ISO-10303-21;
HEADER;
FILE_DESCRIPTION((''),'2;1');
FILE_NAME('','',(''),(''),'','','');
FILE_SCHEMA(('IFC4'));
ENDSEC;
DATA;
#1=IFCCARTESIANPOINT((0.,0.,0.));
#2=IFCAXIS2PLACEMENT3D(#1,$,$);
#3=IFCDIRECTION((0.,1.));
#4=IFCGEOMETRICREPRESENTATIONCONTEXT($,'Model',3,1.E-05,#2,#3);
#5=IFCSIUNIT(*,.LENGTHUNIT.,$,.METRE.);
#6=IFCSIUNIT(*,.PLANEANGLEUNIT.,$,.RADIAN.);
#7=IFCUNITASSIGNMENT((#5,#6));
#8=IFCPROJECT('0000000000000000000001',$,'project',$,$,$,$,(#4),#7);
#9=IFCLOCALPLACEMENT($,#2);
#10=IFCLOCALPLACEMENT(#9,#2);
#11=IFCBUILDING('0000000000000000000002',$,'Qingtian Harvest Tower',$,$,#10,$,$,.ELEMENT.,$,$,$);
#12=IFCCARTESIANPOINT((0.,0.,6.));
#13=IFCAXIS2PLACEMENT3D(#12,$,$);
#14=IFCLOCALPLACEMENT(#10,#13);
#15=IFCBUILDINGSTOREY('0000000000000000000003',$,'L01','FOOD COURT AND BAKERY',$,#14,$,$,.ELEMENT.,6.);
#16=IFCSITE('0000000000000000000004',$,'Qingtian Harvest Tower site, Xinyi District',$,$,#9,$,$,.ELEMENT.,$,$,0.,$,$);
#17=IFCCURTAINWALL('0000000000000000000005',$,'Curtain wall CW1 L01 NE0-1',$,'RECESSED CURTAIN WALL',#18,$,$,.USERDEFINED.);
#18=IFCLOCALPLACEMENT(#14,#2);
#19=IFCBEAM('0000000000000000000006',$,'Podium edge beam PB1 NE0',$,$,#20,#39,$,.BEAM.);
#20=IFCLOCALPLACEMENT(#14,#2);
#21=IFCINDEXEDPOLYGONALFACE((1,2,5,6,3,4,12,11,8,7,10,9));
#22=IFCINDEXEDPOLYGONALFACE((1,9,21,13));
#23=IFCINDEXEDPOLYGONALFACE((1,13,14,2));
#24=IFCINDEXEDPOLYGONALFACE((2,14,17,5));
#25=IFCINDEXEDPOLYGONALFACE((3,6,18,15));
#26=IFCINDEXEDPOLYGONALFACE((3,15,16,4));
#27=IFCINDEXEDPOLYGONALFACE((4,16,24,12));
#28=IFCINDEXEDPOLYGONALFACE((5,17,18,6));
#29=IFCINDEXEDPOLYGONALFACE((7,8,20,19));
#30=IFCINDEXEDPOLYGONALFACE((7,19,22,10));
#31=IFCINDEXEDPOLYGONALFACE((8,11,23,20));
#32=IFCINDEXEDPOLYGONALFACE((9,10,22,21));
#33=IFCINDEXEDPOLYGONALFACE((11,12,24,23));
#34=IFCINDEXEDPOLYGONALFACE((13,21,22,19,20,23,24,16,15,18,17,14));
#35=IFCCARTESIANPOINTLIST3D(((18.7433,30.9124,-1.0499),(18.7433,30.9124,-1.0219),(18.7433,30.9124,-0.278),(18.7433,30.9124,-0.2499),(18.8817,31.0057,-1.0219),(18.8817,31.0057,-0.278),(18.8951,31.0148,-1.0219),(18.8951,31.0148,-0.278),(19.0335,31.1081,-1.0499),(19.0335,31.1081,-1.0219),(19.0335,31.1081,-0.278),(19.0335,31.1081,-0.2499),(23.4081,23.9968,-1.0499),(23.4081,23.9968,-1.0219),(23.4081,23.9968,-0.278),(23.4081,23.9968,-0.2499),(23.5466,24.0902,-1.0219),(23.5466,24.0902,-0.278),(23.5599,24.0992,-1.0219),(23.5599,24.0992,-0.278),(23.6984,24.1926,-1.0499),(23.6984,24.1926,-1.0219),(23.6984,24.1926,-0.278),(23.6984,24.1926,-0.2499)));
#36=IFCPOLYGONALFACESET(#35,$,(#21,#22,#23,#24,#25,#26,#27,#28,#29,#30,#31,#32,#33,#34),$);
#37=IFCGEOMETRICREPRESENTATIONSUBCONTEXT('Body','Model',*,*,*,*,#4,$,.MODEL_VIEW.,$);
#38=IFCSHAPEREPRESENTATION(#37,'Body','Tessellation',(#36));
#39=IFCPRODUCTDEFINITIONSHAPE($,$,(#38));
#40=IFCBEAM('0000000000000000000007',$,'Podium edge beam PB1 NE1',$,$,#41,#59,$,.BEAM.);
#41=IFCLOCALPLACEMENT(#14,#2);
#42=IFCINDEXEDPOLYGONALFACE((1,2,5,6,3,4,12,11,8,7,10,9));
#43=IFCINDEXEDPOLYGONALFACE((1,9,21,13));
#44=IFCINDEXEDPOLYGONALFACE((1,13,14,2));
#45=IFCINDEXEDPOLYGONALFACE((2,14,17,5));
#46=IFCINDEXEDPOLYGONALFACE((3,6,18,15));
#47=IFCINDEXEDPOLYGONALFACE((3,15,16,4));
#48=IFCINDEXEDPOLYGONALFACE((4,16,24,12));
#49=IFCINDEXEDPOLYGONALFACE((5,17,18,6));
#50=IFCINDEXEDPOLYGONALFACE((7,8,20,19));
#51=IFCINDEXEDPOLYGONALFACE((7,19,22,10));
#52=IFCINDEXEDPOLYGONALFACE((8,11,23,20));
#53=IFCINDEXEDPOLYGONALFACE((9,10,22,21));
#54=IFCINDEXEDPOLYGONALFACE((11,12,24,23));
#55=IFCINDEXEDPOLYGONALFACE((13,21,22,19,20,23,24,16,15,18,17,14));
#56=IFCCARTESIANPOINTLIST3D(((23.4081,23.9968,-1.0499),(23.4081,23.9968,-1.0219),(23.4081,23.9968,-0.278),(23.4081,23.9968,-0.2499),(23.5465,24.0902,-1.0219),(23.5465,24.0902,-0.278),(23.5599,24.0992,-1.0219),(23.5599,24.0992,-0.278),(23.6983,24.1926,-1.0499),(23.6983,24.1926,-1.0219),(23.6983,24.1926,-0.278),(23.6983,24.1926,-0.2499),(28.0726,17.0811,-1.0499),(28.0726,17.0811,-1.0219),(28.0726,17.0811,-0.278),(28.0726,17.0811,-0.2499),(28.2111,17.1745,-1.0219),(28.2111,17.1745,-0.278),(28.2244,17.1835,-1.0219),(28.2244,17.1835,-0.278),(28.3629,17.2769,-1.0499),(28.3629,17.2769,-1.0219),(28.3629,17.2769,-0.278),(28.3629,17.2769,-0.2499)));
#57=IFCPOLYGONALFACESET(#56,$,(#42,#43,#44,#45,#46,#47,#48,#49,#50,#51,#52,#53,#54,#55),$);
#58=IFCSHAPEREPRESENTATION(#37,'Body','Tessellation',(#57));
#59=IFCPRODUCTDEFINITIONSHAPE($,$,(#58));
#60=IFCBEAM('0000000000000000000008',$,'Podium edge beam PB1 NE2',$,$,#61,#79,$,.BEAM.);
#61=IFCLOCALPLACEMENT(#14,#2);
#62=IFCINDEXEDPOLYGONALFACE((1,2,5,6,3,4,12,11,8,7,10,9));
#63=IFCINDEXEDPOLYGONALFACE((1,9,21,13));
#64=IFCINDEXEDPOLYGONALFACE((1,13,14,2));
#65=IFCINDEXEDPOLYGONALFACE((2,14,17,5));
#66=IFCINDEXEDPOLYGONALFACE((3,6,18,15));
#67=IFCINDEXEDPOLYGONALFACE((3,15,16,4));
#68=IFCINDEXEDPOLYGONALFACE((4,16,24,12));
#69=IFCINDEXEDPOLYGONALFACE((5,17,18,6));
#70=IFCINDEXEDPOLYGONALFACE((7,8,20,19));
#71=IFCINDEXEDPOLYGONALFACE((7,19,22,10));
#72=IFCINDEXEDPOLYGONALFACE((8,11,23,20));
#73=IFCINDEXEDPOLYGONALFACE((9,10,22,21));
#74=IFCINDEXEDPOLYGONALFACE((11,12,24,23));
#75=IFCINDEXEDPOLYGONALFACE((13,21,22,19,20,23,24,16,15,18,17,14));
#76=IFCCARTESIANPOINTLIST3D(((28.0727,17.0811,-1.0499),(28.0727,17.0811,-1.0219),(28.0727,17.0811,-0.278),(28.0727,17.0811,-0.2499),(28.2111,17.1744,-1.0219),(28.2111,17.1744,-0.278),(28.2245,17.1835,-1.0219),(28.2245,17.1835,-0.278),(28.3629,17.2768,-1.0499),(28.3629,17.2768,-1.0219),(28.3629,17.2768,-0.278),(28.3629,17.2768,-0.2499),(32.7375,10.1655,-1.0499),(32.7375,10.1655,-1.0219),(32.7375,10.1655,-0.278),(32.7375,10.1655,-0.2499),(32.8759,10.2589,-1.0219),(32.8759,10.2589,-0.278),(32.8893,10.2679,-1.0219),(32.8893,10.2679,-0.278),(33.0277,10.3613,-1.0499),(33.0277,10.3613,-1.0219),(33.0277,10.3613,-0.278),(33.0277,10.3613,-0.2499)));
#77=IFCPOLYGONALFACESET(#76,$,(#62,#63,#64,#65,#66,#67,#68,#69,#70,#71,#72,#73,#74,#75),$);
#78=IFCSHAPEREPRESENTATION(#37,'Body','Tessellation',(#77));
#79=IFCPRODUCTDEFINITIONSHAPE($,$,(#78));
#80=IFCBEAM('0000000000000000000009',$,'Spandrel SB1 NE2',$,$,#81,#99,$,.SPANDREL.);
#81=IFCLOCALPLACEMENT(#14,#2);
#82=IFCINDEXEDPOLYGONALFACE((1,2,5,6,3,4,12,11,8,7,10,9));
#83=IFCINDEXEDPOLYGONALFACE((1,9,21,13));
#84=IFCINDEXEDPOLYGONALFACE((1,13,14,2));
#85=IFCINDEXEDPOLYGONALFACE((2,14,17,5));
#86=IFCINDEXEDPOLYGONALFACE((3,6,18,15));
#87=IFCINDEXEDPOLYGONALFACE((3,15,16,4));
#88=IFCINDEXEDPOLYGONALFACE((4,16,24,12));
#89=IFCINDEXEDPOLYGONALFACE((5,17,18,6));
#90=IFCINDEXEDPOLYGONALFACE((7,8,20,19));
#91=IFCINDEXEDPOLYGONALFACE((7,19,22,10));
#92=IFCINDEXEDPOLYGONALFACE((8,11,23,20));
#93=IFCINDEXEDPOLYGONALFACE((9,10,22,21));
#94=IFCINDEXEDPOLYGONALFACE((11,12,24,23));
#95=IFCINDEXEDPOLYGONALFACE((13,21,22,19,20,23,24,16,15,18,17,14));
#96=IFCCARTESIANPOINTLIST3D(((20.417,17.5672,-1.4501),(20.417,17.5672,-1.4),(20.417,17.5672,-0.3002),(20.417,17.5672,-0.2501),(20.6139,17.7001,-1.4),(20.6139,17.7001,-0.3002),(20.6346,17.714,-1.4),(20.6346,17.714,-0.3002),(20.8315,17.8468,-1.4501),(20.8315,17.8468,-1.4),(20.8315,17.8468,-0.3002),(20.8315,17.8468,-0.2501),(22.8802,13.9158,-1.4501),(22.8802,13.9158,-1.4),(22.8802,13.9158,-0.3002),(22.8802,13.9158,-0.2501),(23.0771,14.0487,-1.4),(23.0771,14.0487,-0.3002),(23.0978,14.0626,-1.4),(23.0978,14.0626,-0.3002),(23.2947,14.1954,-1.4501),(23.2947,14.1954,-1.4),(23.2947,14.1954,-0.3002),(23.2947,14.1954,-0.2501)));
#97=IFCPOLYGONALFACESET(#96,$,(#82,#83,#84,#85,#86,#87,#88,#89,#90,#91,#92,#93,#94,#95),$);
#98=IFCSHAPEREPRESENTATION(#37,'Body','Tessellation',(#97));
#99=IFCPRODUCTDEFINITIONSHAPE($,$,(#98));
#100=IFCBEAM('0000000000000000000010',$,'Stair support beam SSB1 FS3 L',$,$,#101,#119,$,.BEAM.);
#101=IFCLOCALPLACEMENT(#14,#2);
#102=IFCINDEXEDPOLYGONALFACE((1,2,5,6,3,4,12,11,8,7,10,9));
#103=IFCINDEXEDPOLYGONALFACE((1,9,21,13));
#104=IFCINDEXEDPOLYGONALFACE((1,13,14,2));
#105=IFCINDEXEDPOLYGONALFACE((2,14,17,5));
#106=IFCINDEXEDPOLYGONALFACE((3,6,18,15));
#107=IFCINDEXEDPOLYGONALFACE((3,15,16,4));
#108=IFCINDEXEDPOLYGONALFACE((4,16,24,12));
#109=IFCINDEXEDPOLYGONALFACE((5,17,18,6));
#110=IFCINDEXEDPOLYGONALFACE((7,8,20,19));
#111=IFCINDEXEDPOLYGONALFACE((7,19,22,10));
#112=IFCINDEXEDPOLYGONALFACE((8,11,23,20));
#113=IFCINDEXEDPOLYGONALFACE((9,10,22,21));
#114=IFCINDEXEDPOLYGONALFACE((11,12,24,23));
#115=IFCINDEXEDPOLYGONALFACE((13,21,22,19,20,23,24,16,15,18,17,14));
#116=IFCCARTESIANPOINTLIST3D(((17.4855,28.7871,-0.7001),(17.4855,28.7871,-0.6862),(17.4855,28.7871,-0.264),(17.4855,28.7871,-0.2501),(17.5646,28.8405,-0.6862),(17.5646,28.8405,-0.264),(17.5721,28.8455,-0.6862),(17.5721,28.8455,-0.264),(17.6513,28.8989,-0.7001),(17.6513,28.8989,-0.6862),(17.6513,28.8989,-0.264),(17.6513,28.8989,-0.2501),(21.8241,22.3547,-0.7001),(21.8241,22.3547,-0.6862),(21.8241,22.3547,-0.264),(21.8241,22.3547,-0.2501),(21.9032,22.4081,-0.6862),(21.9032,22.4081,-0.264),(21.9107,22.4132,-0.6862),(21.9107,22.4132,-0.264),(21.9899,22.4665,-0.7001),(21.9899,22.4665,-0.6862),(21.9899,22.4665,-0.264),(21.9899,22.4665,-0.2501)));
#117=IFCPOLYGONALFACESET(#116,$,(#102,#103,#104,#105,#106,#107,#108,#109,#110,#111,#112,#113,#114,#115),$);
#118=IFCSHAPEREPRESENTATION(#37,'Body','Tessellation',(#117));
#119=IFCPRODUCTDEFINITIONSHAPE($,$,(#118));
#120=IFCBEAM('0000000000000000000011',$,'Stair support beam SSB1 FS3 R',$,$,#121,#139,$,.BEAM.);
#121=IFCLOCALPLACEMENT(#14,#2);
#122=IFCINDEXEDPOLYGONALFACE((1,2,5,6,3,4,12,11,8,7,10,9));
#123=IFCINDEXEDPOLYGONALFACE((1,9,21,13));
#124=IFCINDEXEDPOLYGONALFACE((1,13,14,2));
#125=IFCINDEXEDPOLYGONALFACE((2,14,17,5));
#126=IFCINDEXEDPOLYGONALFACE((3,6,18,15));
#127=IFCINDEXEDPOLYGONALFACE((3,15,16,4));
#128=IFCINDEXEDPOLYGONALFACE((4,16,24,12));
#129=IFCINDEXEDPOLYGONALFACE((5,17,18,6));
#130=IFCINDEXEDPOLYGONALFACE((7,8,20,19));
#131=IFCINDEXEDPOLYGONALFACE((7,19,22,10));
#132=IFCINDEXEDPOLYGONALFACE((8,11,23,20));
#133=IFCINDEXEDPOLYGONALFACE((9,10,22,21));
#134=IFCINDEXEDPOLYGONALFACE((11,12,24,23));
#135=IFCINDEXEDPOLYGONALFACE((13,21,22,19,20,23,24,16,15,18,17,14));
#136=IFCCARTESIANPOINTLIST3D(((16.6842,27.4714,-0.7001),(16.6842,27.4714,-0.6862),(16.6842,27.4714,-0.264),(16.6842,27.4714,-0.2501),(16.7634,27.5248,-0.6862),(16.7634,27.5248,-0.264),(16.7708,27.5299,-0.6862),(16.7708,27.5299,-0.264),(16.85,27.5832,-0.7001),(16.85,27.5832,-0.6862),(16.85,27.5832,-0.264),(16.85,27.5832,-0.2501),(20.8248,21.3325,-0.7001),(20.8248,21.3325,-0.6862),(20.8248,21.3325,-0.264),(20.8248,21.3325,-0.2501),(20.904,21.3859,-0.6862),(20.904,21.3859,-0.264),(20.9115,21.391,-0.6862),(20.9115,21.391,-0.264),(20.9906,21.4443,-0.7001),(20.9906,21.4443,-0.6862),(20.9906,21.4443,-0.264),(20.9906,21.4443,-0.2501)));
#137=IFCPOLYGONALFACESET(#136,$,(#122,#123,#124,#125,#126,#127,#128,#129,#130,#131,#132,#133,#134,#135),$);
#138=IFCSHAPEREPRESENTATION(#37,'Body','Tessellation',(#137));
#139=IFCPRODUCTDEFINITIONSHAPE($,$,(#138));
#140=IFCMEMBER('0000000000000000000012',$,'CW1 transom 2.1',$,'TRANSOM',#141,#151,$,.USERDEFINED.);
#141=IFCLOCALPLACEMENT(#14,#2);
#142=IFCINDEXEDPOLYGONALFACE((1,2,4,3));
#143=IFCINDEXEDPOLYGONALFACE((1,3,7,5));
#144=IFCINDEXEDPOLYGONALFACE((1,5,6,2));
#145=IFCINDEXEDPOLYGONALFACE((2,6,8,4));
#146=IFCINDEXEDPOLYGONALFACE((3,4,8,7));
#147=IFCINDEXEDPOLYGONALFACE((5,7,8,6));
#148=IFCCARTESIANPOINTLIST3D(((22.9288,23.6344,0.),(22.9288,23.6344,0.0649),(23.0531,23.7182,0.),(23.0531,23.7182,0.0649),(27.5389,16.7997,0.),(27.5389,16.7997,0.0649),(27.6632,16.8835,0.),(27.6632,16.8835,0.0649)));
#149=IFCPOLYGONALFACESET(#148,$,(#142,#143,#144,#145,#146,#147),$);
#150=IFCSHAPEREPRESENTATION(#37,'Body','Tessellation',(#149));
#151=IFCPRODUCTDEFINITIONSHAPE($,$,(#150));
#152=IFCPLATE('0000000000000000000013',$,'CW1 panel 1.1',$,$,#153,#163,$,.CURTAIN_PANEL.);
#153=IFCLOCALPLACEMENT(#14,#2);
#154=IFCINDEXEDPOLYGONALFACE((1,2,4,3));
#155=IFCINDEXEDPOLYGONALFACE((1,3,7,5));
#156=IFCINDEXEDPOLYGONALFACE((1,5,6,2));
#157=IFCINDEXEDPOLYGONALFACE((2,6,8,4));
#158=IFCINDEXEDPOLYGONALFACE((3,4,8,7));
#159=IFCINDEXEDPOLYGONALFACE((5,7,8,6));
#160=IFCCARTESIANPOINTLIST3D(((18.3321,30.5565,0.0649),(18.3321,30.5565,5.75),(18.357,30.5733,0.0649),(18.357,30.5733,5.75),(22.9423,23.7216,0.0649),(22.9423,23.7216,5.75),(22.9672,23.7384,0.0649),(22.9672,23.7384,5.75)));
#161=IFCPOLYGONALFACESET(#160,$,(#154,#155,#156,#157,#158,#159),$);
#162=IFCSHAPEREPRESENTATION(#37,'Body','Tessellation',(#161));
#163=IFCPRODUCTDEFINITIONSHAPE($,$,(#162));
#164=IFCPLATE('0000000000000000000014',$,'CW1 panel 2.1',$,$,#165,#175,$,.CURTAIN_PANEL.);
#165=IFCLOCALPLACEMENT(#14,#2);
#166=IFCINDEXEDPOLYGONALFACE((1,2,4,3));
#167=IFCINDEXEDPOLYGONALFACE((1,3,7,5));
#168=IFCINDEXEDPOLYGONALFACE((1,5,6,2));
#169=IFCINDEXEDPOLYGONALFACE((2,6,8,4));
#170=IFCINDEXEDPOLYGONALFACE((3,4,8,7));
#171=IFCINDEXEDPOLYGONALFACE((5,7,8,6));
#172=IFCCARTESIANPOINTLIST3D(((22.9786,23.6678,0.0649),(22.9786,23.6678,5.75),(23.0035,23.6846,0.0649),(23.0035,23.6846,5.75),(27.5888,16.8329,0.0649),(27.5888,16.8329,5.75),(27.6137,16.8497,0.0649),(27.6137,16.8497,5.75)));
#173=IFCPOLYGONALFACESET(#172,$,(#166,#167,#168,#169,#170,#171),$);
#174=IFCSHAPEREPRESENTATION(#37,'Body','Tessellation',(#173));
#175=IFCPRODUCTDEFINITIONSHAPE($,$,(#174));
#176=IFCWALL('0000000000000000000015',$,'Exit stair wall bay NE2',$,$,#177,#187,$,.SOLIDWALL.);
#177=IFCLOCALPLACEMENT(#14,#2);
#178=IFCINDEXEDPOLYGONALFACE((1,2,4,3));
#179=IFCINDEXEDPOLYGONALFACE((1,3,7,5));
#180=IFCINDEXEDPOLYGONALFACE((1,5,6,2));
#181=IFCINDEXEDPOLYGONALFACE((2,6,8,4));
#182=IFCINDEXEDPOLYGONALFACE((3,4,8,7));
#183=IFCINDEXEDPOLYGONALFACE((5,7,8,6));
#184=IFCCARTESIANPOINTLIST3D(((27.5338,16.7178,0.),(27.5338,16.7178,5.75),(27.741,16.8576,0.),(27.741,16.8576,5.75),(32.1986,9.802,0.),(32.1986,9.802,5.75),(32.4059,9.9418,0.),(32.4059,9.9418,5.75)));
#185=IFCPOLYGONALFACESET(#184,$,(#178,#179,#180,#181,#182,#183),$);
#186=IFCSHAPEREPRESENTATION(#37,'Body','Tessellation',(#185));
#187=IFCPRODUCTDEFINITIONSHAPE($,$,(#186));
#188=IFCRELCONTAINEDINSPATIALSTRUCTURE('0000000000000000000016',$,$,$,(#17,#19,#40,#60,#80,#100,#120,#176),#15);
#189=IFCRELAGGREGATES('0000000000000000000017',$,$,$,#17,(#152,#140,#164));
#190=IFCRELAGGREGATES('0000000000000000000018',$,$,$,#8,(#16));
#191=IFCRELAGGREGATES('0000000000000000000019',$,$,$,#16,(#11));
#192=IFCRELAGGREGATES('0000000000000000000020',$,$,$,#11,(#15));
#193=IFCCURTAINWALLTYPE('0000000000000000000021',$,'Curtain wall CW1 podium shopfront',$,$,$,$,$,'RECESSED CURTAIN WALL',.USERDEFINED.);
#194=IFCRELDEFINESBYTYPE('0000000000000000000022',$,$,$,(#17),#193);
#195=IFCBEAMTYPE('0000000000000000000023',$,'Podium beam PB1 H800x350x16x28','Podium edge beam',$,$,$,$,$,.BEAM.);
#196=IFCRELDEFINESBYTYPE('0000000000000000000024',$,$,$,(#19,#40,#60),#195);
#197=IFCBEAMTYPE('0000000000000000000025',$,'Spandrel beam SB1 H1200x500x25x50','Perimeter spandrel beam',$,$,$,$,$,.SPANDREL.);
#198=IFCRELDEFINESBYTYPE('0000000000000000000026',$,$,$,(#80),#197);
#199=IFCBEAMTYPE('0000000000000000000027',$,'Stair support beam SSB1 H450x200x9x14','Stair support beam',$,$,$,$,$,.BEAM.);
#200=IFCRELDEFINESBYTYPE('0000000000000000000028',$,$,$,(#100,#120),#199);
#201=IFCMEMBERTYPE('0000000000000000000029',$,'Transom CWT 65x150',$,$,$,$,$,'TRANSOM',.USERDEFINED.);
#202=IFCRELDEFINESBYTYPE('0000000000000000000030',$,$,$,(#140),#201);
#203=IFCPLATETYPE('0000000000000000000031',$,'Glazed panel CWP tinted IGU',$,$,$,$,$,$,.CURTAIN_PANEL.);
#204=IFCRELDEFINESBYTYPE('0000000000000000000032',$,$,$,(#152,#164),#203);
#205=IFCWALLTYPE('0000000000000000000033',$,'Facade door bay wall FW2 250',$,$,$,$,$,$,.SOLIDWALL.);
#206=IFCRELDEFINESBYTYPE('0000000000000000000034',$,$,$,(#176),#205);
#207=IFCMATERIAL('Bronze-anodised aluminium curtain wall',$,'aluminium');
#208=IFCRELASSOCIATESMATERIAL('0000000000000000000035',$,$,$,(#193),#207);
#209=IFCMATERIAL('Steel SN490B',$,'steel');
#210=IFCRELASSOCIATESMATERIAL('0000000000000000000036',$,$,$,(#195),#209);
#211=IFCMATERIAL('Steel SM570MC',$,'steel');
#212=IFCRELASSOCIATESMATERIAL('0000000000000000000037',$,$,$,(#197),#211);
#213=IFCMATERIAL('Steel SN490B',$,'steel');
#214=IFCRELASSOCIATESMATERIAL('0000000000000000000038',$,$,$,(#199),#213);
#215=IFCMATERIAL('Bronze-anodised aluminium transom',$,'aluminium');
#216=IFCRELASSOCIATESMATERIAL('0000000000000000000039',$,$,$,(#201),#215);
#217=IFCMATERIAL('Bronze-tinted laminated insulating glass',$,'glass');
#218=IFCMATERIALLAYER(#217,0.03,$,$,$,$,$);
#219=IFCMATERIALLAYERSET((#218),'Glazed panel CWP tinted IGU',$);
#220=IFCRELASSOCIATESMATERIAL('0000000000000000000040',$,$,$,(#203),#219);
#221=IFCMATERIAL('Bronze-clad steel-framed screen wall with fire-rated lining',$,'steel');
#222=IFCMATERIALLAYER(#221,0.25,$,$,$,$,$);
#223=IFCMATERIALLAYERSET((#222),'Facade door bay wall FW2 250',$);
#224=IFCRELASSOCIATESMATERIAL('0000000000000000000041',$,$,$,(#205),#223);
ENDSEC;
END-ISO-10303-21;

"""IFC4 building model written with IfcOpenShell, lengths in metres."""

from ifc_helpers import new_model, si_unit, direction, frame, frame_2d, origin, origin_2d, place, context, subcontext, project, spatial, rectangle, i_section, extrude, material, layer, layer_set, material_profile, profile_set, type_object, element, aggregate, save


model = new_model("IFC4")

# Units and contexts
model_context = context("Model", 3, precision=1e-05, world=origin(), true_north=direction((0.0, 1.0)))
body_context = subcontext(model_context, "Body", "Model", "MODEL_VIEW")
ifc_project = project(units=[si_unit("LENGTHUNIT", "METRE"), si_unit("PLANEANGLEUNIT", "RADIAN")], contexts=[model_context])

# Site, building, storey
site_placement = place(None, origin())
site = spatial("IfcSite", under=ifc_project, at=site_placement, Name="Qingtian Harvest Tower site, Xinyi District", CompositionType="ELEMENT", RefElevation=0.0)
building_placement = place(site_placement, origin())
building = spatial("IfcBuilding", under=site, at=building_placement, Name="Qingtian Harvest Tower", CompositionType="ELEMENT")
storey_placement = place(building_placement, frame((0.0, 0.0, 6.0)))
storey = spatial("IfcBuildingStorey", under=building, at=storey_placement, Name="L01", Description="FOOD COURT AND BAKERY", CompositionType="ELEMENT", Elevation=6.0)

# Curtain wall
ifc_material_1 = material(Name="Bronze-anodised aluminium curtain wall", Category="aluminium")
curtain_wall_type = type_object("IfcCurtainWallType", Name="Curtain wall CW1 podium shopfront", ElementType="RECESSED CURTAIN WALL", PredefinedType="USERDEFINED", material=ifc_material_1)
curtain_wall_placement = place(storey_placement, origin())
curtain_wall = element("IfcCurtainWall", 1, at=curtain_wall_placement, inside=storey, type_object=curtain_wall_type, Name="Curtain wall CW1 L01 NE0-1", ObjectType="RECESSED CURTAIN WALL", PredefinedType="USERDEFINED")

# Beams
ifc_material_2 = material(Name="Steel SN490B", Category="steel")
ifc_material_profile_1 = material_profile(ifc_material_2, i_section(OverallWidth=0.3501, OverallDepth=0.8, WebThickness=0.0161, FlangeThickness=0.0281, at=origin_2d()), Name="H800x350x16x28")
ifc_profile_set_1 = profile_set([ifc_material_profile_1], Name="Steel SN490B")
beam_type_1 = type_object("IfcBeamType", Name="Podium beam PB1 H800x350x16x28", Description="Podium edge beam", PredefinedType="BEAM", material=ifc_profile_set_1)
for number, where, z_axis, x_axis, name in (
    (2, (18.8884, 31.0103, -0.6499), (0.55921, -0.829026, 0.0), (0.829026, 0.55921, 0.0), "Podium edge beam PB1 NE0"),
    (3, (23.5532, 24.0947, -0.6499), (0.559177, -0.829048, 0.0), (0.829048, 0.559177, 0.0), "Podium edge beam PB1 NE1"),
    (4, (28.2178, 17.179, -0.6499), (0.55921, -0.829026, 0.0), (0.829026, 0.55921, 0.0), "Podium edge beam PB1 NE2"),
):
    element("IfcBeam", number, at=place(storey_placement, frame(where, z_axis=z_axis, x_axis=x_axis)), inside=storey, type_object=beam_type_1, Name=name, PredefinedType="BEAM", context=body_context, shape_type="SweptSolid", body=[
        extrude(i_section(OverallWidth=0.3501, OverallDepth=0.8, WebThickness=0.0161, FlangeThickness=0.0281, at=origin_2d()), origin(), (0.0, 0.0, 1.0), 8.3418),
    ])
ifc_material_3 = material(Name="Steel SM570MC", Category="steel")
ifc_material_profile_2 = material_profile(ifc_material_3, i_section(OverallWidth=0.5, OverallDepth=1.2, WebThickness=0.0249, FlangeThickness=0.05, at=origin_2d()), Name="H1200x500x25x50")
ifc_profile_set_2 = profile_set([ifc_material_profile_2], Name="Steel SM570MC")
beam_type_2 = type_object("IfcBeamType", Name="Spandrel beam SB1 H1200x500x25x50", Description="Perimeter spandrel beam", PredefinedType="SPANDREL", material=ifc_profile_set_2)
beam_1_placement = place(storey_placement, frame((20.6243, 17.707, -0.8501), z_axis=(0.559233, -0.829011, 0.0), x_axis=(0.829011, 0.559233, 0.0)))
element("IfcBeam", 5, at=beam_1_placement, inside=storey, type_object=beam_type_2, Name="Spandrel SB1 NE2", PredefinedType="SPANDREL", context=body_context, shape_type="SweptSolid", body=[
    extrude(i_section(OverallWidth=0.5, OverallDepth=1.2, WebThickness=0.0249, FlangeThickness=0.05, at=origin_2d()), origin(), (0.0, 0.0, 1.0), 4.4045),
])
ifc_material_4 = material(Name="Steel SN490B", Category="steel")
ifc_material_profile_3 = material_profile(ifc_material_4, i_section(OverallWidth=0.2, OverallDepth=0.45, WebThickness=0.009, FlangeThickness=0.0139, at=origin_2d()), Name="H450x200x9x14")
ifc_profile_set_3 = profile_set([ifc_material_profile_3], Name="Steel SN490B")
beam_type_3 = type_object("IfcBeamType", Name="Stair support beam SSB1 H450x200x9x14", Description="Stair support beam", PredefinedType="BEAM", material=ifc_profile_set_3)
beam_2_placement = place(storey_placement, frame((21.907, 22.4106, -0.4751), z_axis=(-0.559187, 0.829042, 0.0), x_axis=(-0.829042, -0.559187, 0.0)))
element("IfcBeam", 6, at=beam_2_placement, inside=storey, type_object=beam_type_3, Name="Stair support beam SSB1 FS3 L", PredefinedType="BEAM", context=body_context, shape_type="SweptSolid", body=[
    extrude(i_section(OverallWidth=0.2, OverallDepth=0.45, WebThickness=0.009, FlangeThickness=0.0139, at=origin_2d()), origin(), (0.0, 0.0, 1.0), 7.7588),
])
beam_3_placement = place(storey_placement, frame((20.9077, 21.3884, -0.4751), z_axis=(-0.559181, 0.829045, 0.0), x_axis=(-0.829045, -0.559181, 0.0)))
element("IfcBeam", 7, at=beam_3_placement, inside=storey, type_object=beam_type_3, Name="Stair support beam SSB1 FS3 R", PredefinedType="BEAM", context=body_context, shape_type="SweptSolid", body=[
    extrude(i_section(OverallWidth=0.2, OverallDepth=0.45, WebThickness=0.009, FlangeThickness=0.0139, at=origin_2d()), origin(), (0.0, 0.0, 1.0), 7.4048),
])

# Member
ifc_material_5 = material(Name="Bronze-anodised aluminium transom", Category="aluminium")
ifc_material_profile_4 = material_profile(ifc_material_5, rectangle(XDim=0.1499, YDim=0.0649, at=origin_2d()), Name="AL 65x150")
ifc_profile_set_4 = profile_set([ifc_material_profile_4], Name="Bronze-anodised aluminium transom")
member_type_1 = type_object("IfcMemberType", Name="Transom CWT 65x150", ElementType="TRANSOM", PredefinedType="USERDEFINED", material=ifc_profile_set_4)
member_1_placement = place(storey_placement, frame((22.991, 23.6763, 0.0325), z_axis=(0.559196, -0.829036, 0.0), x_axis=(0.829036, 0.559196, 0.0)))
member_1 = element("IfcMember", 8, at=member_1_placement, type_object=member_type_1, Name="CW1 transom 2.1", ObjectType="TRANSOM", PredefinedType="USERDEFINED", context=body_context, shape_type="SweptSolid", body=[
    extrude(rectangle(XDim=0.1499, YDim=0.0649, at=origin_2d()), origin(), (0.0, 0.0, 1.0), 8.2441),
])

# Plates
ifc_material_6 = material(Name="Bronze-tinted laminated insulating glass", Category="glass")
ifc_layer_1 = layer(ifc_material_6, 0.03)
ifc_layer_set_1 = layer_set([ifc_layer_1], Name="Glazed panel CWP tinted IGU")
plate_type = type_object("IfcPlateType", Name="Glazed panel CWP tinted IGU", PredefinedType="CURTAIN_PANEL", material=ifc_layer_set_1)
plate_1_placement = place(storey_placement, frame((20.6497, 27.1475, 0.0649), z_axis=(0.0, 0.0, 1.0), x_axis=(0.559193, -0.829038, 0.0)))
plate_1 = element("IfcPlate", 9, at=plate_1_placement, type_object=plate_type, Name="CW1 panel 1.1", PredefinedType="CURTAIN_PANEL", context=body_context, shape_type="SweptSolid", body=[
    extrude(rectangle(XDim=8.2444, YDim=0.03, at=origin_2d()), origin(), (0.0, 0.0, 1.0), 5.6851),
])
plate_2_placement = place(storey_placement, frame((25.2961, 20.2588, 0.0649), z_axis=(0.0, 0.0, 1.0), x_axis=(0.559193, -0.829038, 0.0)))
plate_2 = element("IfcPlate", 10, at=plate_2_placement, type_object=plate_type, Name="CW1 panel 2.1", PredefinedType="CURTAIN_PANEL", context=body_context, shape_type="SweptSolid", body=[
    extrude(rectangle(XDim=8.2444, YDim=0.03, at=origin_2d()), origin(), (0.0, 0.0, 1.0), 5.6851),
])
aggregate(curtain_wall, [plate_1, member_1, plate_2])

# Wall
ifc_material_7 = material(Name="Bronze-clad steel-framed screen wall with fire-rated lining", Category="steel")
ifc_layer_2 = layer(ifc_material_7, 0.25)
ifc_layer_set_2 = layer_set([ifc_layer_2], Name="Facade door bay wall FW2 250")
wall_type_1 = type_object("IfcWallType", Name="Facade door bay wall FW2 250", PredefinedType="SOLIDWALL", material=ifc_layer_set_2)
wall_1_placement = place(storey_placement, frame((27.6375, 16.7876, 0.0), z_axis=(0.0, 0.0, 1.0), x_axis=(0.559197, -0.829035, 0.0)))
element("IfcWall", 11, at=wall_1_placement, inside=storey, type_object=wall_type_1, Name="Exit stair wall bay NE2", PredefinedType="SOLIDWALL", context=body_context, shape_type="SweptSolid", body=[
    extrude(rectangle(XDim=8.342, YDim=0.25, at=frame_2d((4.1709, 0.0))), origin(), (0.0, 0.0, 1.0), 5.75),
])

save(model, "model.ifc")
